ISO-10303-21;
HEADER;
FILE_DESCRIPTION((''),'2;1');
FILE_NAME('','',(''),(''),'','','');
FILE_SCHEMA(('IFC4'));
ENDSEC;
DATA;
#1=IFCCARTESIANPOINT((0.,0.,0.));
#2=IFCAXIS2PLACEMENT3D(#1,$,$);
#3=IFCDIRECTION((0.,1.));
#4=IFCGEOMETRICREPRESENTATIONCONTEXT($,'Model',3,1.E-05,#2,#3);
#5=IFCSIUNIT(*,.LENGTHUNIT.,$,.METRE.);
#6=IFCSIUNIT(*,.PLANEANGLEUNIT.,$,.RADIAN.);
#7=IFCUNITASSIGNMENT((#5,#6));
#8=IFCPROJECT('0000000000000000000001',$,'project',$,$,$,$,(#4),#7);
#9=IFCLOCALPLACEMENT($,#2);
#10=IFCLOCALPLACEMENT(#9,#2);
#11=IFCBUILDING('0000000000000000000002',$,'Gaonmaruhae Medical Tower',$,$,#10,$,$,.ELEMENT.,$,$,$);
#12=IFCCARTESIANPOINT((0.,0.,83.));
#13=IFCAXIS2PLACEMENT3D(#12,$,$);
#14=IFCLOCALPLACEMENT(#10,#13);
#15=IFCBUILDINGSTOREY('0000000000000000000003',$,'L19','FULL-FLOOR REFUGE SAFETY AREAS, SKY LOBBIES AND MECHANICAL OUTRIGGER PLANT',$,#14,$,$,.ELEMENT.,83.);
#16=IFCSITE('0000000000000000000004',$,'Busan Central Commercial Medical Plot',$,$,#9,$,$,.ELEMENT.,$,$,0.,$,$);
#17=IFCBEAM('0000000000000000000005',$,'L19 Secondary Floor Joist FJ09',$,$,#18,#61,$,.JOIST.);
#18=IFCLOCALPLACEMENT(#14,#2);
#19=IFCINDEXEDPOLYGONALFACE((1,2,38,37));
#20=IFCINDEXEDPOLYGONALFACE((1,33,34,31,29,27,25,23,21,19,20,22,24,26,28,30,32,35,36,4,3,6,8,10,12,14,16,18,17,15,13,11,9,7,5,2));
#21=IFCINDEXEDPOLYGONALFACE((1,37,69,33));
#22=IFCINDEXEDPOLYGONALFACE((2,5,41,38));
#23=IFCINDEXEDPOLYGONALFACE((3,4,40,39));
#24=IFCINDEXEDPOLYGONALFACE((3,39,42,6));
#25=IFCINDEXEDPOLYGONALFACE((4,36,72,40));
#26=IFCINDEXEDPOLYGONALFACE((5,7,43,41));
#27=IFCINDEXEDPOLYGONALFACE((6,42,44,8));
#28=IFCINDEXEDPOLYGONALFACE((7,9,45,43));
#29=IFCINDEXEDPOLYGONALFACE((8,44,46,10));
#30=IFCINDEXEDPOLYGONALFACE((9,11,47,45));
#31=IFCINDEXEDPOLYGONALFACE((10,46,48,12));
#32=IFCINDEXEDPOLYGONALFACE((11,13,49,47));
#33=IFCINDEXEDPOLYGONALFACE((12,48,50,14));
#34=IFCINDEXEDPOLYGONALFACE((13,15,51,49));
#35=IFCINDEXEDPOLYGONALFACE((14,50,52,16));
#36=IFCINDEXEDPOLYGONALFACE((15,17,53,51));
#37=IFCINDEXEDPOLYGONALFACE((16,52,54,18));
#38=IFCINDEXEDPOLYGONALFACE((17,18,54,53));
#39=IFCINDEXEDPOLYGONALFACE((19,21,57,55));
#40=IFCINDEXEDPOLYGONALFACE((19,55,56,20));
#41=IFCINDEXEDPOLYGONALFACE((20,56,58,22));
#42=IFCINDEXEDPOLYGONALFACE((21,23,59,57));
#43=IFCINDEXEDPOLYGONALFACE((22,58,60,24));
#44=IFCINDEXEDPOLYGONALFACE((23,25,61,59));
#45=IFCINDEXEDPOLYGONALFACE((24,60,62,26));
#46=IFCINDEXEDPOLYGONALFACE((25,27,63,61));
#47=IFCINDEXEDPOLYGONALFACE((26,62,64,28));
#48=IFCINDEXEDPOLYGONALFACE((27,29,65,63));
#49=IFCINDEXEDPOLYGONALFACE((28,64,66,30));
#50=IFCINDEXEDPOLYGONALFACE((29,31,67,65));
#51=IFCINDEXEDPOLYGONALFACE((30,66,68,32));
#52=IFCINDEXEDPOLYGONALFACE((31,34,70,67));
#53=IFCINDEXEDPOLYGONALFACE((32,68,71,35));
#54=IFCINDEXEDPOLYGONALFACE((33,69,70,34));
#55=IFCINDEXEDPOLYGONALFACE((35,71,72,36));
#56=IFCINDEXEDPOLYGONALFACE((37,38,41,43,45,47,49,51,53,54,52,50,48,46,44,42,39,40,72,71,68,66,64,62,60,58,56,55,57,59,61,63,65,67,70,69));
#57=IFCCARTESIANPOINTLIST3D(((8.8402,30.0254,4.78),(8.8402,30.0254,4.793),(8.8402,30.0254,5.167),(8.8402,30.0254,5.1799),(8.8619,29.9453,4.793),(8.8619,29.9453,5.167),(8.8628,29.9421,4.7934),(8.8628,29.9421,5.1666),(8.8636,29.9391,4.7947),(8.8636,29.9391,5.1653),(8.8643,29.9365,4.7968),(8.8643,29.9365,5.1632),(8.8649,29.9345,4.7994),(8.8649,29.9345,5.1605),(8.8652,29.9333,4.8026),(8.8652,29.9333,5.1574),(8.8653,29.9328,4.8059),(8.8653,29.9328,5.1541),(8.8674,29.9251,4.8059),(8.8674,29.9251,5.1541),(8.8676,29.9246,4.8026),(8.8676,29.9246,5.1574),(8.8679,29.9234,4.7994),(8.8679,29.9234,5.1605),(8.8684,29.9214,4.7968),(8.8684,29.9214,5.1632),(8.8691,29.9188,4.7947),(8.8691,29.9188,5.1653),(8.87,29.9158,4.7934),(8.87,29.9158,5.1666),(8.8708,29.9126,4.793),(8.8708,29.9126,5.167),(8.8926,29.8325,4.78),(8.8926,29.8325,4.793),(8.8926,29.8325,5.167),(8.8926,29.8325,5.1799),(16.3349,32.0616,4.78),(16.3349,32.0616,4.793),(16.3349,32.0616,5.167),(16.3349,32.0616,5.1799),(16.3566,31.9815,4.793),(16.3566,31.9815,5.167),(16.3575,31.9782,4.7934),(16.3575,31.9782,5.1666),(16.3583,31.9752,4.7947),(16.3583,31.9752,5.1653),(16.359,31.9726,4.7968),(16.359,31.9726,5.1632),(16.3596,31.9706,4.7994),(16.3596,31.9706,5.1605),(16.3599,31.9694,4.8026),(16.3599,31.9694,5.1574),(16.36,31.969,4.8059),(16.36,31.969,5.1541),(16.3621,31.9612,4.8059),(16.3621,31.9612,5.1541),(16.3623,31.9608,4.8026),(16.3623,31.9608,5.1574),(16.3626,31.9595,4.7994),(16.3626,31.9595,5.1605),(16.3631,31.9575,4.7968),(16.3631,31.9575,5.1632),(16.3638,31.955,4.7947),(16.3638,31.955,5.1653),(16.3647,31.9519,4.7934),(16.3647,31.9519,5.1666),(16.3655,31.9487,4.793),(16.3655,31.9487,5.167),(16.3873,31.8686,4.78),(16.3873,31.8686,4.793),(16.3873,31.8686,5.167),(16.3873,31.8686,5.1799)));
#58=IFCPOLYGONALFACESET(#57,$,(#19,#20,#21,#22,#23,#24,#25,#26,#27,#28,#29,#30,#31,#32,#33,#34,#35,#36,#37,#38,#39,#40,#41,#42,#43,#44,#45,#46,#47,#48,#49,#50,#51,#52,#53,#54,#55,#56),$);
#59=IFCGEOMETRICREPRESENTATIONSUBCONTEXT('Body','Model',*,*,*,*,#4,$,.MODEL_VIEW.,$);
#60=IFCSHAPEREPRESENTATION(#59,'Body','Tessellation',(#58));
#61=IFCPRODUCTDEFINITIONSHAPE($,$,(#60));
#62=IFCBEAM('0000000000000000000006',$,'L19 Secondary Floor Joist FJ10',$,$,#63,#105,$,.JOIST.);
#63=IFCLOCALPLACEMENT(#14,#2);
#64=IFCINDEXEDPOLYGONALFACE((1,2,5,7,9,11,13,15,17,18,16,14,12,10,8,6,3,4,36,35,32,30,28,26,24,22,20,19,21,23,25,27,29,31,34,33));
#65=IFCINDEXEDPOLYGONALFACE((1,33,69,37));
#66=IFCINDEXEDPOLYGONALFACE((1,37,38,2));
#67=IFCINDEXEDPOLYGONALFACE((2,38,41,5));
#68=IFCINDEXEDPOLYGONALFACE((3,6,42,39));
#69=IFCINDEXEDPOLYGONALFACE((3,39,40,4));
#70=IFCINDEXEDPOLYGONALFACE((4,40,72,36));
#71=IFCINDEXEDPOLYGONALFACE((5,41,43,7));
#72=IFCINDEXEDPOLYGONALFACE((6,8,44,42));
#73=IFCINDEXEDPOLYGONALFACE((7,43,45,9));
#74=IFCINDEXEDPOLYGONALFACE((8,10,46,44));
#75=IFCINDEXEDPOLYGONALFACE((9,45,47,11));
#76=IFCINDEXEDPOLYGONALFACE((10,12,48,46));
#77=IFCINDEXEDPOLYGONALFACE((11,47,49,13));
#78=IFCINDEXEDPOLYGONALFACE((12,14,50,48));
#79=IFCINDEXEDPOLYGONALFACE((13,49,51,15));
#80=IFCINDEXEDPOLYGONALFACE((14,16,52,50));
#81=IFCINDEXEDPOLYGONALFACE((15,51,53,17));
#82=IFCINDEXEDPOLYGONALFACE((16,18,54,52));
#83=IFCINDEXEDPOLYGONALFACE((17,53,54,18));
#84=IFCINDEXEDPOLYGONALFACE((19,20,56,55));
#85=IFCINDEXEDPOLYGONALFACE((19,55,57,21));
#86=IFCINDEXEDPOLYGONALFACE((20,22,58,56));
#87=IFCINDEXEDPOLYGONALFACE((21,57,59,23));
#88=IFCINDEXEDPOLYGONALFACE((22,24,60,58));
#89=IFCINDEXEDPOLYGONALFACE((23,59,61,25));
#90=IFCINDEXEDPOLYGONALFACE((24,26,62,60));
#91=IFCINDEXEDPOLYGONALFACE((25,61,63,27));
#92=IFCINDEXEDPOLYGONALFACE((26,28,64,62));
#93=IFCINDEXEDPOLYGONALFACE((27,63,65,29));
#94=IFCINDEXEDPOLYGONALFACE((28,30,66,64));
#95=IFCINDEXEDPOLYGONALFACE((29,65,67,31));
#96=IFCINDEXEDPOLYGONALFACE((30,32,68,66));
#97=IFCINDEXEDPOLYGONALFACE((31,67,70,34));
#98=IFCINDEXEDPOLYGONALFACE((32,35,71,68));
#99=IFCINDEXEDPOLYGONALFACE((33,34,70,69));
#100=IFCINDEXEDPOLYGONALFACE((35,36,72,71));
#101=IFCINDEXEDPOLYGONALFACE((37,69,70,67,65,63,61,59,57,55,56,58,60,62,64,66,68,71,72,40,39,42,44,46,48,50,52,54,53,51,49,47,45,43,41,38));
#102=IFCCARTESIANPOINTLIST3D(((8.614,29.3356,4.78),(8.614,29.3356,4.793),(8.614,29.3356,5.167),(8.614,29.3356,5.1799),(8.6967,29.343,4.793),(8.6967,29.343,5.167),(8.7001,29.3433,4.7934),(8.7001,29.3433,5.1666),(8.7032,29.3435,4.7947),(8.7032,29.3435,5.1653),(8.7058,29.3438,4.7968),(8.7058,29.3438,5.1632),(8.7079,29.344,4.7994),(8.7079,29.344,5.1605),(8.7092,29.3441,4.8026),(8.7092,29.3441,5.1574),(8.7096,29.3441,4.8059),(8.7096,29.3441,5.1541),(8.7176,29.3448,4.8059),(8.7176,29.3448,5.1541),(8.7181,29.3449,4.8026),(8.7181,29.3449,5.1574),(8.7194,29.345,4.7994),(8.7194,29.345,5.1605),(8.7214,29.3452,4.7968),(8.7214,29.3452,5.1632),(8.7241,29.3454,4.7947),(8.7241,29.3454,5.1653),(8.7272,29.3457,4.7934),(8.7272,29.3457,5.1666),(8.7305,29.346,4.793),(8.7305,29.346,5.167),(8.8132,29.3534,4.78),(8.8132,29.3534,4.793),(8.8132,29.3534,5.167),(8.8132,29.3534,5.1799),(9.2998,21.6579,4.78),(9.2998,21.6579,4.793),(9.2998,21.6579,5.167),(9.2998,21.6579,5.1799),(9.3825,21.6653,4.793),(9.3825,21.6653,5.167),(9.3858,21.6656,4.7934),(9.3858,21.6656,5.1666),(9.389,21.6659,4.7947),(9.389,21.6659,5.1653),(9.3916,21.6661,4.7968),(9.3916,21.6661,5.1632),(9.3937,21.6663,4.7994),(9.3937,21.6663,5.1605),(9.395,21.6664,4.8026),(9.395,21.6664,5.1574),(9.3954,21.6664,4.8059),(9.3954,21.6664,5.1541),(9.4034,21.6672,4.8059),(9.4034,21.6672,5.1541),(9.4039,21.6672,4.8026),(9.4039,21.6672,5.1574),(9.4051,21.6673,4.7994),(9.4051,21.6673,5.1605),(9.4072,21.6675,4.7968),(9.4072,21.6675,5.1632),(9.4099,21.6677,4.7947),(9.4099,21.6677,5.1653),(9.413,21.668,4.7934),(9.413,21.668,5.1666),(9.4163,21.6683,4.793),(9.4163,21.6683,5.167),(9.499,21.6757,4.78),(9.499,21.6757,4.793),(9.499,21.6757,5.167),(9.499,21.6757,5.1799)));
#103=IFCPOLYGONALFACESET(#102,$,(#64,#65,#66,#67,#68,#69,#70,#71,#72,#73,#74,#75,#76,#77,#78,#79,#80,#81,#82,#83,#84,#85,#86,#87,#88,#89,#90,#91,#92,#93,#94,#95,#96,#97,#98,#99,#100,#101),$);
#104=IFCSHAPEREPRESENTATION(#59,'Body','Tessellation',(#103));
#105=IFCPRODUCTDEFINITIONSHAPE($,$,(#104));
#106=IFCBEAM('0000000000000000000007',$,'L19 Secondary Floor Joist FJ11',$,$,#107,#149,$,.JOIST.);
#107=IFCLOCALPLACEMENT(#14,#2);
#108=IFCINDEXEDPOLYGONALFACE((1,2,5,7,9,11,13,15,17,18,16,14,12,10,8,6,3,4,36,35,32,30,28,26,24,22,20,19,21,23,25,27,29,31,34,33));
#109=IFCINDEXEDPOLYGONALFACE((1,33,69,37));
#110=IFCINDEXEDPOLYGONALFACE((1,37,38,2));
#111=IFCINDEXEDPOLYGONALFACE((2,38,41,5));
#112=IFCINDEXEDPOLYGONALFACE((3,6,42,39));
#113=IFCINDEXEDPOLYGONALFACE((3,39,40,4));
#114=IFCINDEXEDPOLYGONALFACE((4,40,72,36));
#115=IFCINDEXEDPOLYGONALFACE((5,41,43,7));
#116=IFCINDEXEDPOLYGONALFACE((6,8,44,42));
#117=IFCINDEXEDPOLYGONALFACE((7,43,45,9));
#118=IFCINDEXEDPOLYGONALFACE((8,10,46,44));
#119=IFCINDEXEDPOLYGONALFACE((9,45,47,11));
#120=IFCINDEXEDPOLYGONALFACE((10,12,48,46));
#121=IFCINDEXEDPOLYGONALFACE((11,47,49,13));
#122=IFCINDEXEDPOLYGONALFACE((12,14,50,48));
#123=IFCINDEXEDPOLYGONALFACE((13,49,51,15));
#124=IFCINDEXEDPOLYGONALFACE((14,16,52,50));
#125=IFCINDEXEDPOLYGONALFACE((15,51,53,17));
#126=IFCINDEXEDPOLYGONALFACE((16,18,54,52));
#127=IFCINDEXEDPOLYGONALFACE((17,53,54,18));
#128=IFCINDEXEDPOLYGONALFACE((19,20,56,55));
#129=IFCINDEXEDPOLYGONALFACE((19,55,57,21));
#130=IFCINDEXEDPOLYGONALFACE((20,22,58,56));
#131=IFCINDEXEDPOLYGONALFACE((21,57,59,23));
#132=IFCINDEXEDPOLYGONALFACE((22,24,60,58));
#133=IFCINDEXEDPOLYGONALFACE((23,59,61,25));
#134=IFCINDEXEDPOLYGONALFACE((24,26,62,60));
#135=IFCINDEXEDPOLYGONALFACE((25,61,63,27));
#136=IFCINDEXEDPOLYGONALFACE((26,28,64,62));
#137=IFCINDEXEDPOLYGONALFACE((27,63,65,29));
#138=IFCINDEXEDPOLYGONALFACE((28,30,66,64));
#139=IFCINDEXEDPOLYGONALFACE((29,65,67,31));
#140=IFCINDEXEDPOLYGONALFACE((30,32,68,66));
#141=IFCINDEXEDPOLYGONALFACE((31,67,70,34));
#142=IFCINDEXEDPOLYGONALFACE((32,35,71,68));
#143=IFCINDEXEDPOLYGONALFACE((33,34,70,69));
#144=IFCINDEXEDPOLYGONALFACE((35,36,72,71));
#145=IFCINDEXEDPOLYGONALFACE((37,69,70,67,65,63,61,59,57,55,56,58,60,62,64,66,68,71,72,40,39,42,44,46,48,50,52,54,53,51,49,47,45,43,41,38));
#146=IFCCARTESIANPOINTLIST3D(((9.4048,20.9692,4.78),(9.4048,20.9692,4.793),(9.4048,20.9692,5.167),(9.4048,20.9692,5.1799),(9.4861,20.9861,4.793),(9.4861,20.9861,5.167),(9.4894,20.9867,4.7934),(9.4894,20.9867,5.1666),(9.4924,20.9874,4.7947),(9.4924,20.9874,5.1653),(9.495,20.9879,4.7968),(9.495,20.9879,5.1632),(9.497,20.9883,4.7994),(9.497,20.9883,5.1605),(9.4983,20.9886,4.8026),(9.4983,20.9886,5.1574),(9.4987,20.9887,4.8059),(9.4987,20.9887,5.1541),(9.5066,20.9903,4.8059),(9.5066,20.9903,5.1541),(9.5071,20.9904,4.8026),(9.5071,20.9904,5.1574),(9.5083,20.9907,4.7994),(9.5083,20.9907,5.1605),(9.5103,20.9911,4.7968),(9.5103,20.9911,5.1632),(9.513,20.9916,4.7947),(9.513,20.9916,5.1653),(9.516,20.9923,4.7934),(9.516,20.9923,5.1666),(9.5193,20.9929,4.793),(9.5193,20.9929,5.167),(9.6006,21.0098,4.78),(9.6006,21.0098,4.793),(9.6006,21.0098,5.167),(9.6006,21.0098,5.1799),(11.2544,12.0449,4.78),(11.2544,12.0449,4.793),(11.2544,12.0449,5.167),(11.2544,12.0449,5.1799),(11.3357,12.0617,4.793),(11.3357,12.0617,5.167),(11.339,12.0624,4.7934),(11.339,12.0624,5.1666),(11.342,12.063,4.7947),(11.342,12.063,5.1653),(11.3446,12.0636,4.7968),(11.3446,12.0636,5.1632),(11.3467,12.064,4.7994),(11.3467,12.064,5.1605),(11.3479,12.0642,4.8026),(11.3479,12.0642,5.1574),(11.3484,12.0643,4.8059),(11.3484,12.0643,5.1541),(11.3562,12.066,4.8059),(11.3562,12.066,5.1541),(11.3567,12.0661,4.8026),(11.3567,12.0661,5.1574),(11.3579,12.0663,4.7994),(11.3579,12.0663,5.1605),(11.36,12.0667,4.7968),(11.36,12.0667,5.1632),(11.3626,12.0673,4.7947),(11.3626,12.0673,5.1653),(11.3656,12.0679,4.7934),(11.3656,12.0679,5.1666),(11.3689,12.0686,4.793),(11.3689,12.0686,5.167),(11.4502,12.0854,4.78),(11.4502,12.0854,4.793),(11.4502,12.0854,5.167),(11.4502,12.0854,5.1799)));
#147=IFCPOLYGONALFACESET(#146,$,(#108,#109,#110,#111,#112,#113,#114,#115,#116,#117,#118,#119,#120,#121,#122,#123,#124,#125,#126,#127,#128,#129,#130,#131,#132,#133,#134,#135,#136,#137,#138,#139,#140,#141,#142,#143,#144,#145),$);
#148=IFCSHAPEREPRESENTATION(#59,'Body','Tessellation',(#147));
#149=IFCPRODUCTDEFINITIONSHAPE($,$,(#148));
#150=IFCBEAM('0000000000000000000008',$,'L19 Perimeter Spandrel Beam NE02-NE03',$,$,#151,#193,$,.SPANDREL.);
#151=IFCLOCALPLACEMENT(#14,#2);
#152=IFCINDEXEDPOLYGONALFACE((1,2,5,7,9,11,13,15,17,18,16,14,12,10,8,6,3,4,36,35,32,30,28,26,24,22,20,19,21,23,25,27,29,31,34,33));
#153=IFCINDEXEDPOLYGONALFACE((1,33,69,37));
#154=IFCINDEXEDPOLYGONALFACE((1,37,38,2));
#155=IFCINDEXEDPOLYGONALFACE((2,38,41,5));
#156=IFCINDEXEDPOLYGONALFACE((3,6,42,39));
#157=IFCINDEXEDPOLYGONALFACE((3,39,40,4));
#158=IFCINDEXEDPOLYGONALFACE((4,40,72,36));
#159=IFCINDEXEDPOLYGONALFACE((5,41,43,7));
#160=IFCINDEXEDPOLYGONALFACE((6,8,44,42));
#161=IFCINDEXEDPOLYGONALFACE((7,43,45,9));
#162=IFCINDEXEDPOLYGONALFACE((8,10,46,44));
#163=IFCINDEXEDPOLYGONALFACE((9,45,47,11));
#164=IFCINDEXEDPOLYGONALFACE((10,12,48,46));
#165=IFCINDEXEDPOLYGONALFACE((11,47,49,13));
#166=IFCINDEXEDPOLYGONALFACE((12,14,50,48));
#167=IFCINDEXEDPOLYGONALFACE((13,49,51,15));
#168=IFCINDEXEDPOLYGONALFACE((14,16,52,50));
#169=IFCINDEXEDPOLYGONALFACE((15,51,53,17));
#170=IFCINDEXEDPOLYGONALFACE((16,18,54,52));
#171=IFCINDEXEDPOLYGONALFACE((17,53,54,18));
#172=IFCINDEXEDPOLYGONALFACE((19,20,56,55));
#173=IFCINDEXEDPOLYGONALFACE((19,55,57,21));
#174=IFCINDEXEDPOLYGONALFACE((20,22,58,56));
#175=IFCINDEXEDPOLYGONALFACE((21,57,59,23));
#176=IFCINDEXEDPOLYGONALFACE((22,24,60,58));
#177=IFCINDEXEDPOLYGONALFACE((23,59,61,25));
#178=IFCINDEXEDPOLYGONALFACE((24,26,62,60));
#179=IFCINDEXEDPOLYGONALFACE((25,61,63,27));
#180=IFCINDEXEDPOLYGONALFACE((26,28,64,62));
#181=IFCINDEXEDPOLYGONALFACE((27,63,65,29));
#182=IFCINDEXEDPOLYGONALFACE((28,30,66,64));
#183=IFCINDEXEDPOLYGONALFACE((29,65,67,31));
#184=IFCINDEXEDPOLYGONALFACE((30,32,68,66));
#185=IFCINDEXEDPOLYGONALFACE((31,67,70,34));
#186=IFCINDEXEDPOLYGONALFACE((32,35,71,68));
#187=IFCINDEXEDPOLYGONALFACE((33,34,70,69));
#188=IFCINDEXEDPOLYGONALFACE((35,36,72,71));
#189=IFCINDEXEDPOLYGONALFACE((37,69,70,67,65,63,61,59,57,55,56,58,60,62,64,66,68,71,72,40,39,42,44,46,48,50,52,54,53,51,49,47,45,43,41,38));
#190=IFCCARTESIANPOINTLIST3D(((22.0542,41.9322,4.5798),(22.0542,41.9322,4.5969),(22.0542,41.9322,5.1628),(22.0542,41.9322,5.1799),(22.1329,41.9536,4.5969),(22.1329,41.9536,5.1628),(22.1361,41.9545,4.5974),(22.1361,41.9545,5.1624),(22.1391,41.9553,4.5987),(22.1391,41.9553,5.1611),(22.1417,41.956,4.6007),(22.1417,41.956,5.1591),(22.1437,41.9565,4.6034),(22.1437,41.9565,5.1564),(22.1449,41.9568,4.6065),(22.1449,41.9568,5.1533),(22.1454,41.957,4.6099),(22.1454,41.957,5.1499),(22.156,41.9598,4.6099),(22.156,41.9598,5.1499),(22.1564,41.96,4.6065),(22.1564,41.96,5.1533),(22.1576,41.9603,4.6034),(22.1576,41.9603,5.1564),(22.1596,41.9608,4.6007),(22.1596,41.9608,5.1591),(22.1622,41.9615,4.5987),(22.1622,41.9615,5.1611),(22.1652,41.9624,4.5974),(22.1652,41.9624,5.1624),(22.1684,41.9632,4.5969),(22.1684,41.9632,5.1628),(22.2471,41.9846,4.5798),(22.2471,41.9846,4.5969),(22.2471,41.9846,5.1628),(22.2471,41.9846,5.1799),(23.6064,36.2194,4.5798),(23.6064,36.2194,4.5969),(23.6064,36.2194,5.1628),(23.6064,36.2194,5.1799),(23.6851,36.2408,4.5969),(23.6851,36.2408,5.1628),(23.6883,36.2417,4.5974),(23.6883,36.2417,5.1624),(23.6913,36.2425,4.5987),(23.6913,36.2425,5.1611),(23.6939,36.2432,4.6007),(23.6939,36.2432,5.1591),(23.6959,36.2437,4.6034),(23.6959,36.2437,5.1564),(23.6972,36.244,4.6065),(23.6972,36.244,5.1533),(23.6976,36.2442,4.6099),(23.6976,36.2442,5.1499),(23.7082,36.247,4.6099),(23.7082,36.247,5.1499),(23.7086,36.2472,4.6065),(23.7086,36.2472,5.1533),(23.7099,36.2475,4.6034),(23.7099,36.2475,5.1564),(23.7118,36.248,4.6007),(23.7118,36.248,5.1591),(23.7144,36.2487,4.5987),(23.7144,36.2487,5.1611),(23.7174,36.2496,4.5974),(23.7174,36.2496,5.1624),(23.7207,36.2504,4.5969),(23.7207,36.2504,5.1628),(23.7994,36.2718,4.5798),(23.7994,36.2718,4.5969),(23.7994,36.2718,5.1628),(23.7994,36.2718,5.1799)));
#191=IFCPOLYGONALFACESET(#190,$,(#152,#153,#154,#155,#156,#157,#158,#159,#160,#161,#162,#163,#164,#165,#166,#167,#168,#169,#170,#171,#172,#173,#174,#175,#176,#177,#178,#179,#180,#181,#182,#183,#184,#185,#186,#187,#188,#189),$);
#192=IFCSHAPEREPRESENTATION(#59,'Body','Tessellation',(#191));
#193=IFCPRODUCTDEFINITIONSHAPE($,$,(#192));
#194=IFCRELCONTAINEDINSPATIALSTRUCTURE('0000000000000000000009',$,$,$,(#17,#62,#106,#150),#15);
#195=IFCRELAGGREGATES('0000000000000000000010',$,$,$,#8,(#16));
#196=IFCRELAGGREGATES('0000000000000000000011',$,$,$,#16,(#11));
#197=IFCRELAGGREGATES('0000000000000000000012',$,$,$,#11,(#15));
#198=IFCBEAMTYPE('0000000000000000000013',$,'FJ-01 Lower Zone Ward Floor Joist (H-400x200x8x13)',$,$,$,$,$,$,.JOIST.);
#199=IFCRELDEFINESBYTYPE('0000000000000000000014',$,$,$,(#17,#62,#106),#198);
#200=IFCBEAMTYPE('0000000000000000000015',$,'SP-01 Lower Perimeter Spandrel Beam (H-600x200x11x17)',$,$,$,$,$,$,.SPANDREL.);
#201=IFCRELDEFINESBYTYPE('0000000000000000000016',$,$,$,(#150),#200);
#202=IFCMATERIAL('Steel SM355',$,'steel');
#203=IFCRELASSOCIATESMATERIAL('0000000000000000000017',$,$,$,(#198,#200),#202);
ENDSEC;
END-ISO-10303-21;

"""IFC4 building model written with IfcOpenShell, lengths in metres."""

from ifc_helpers import new_model, si_unit, direction, frame, origin, origin_2d, place, context, subcontext, project, spatial, i_section, extrude, material, material_profile, profile_set, type_object, element, save


model = new_model("IFC4")

# Units and contexts
model_context = context("Model", 3, precision=1e-05, world=origin(), true_north=direction((0.0, 1.0)))
body_context = subcontext(model_context, "Body", "Model", "MODEL_VIEW")
ifc_project = project(units=[si_unit("LENGTHUNIT", "METRE"), si_unit("PLANEANGLEUNIT", "RADIAN")], contexts=[model_context])

# Site, building, storey
site_placement = place(None, origin())
site = spatial("IfcSite", under=ifc_project, at=site_placement, Name="Busan Central Commercial Medical Plot", CompositionType="ELEMENT", RefElevation=0.0)
building_placement = place(site_placement, origin())
building = spatial("IfcBuilding", under=site, at=building_placement, Name="Gaonmaruhae Medical Tower", CompositionType="ELEMENT")
storey_placement = place(building_placement, frame((0.0, 0.0, 83.0)))
storey = spatial("IfcBuildingStorey", under=building, at=storey_placement, Name="L19", Description="FULL-FLOOR REFUGE SAFETY AREAS, SKY LOBBIES AND MECHANICAL OUTRIGGER PLANT", CompositionType="ELEMENT", Elevation=83.0)

# Beams
ifc_material_1 = material(Name="Steel SM355", Category="steel")
ifc_material_profile_1 = material_profile(ifc_material_1, i_section(OverallWidth=0.2, OverallDepth=0.3999, WebThickness=0.0081, FlangeThickness=0.0129, FilletRadius=0.0129, at=origin_2d()), Name="H-400x200x8x13")
ifc_profile_set_1 = profile_set([ifc_material_profile_1], Name="Steel SM355")
beam_type_1 = type_object("IfcBeamType", Name="FJ-01 Lower Zone Ward Floor Joist (H-400x200x8x13)", PredefinedType="JOIST", material=ifc_profile_set_1)
beam_1_placement = place(storey_placement, frame((16.3611, 31.9651, 4.98), z_axis=(-0.96502, -0.262176, 0.0), x_axis=(0.262176, -0.96502, 0.0)))
element("IfcBeam", 1, at=beam_1_placement, inside=storey, type_object=beam_type_1, Name="L19 Secondary Floor Joist FJ09", PredefinedType="JOIST", context=body_context, shape_type="SweptSolid", body=[
    extrude(i_section(OverallWidth=0.2, OverallDepth=0.3999, WebThickness=0.0081, FlangeThickness=0.0129, FilletRadius=0.0129, at=origin_2d()), origin(), (0.0, 0.0, 1.0), 7.7664),
])
beam_2_placement = place(storey_placement, frame((8.7136, 29.3445, 4.98), z_axis=(0.088968, -0.996034, 0.0), x_axis=(0.996034, 0.088968, 0.0)))
element("IfcBeam", 2, at=beam_2_placement, inside=storey, type_object=beam_type_1, Name="L19 Secondary Floor Joist FJ10", PredefinedType="JOIST", context=body_context, shape_type="SweptSolid", body=[
    extrude(i_section(OverallWidth=0.2, OverallDepth=0.3999, WebThickness=0.0081, FlangeThickness=0.0129, FilletRadius=0.0129, at=origin_2d()), origin(), (0.0, 0.0, 1.0), 7.7083),
])
beam_3_placement = place(storey_placement, frame((9.5027, 20.9895, 4.98), z_axis=(0.202942, -0.979191, 0.0), x_axis=(0.979191, 0.202942, 0.0)))
element("IfcBeam", 3, at=beam_3_placement, inside=storey, type_object=beam_type_1, Name="L19 Secondary Floor Joist FJ11", PredefinedType="JOIST", context=body_context, shape_type="SweptSolid", body=[
    extrude(i_section(OverallWidth=0.2, OverallDepth=0.3999, WebThickness=0.0081, FlangeThickness=0.0129, FilletRadius=0.0129, at=origin_2d()), origin(), (0.0, 0.0, 1.0), 9.114),
])
ifc_material_profile_2 = material_profile(ifc_material_1, i_section(OverallWidth=0.2, OverallDepth=0.6001, WebThickness=0.011, FlangeThickness=0.0171, FilletRadius=0.0129, at=origin_2d()), Name="H-600x200x11x17")
ifc_profile_set_2 = profile_set([ifc_material_profile_2], Name="Steel SM355")
beam_type_2 = type_object("IfcBeamType", Name="SP-01 Lower Perimeter Spandrel Beam (H-600x200x11x17)", PredefinedType="SPANDREL", material=ifc_profile_set_2)
beam_4_placement = place(storey_placement, frame((23.7029, 36.2456, 4.8799), z_axis=(-0.262203, 0.965013, 0.0), x_axis=(-0.965013, -0.262203, 0.0)))
element("IfcBeam", 4, at=beam_4_placement, inside=storey, type_object=beam_type_2, Name="L19 Perimeter Spandrel Beam NE02-NE03", PredefinedType="SPANDREL", context=body_context, shape_type="SweptSolid", body=[
    extrude(i_section(OverallWidth=0.2, OverallDepth=0.6001, WebThickness=0.011, FlangeThickness=0.0171, FilletRadius=0.0129, at=origin_2d()), origin(), (0.0, 0.0, 1.0), 5.9199),
])

save(model, "model.ifc")
